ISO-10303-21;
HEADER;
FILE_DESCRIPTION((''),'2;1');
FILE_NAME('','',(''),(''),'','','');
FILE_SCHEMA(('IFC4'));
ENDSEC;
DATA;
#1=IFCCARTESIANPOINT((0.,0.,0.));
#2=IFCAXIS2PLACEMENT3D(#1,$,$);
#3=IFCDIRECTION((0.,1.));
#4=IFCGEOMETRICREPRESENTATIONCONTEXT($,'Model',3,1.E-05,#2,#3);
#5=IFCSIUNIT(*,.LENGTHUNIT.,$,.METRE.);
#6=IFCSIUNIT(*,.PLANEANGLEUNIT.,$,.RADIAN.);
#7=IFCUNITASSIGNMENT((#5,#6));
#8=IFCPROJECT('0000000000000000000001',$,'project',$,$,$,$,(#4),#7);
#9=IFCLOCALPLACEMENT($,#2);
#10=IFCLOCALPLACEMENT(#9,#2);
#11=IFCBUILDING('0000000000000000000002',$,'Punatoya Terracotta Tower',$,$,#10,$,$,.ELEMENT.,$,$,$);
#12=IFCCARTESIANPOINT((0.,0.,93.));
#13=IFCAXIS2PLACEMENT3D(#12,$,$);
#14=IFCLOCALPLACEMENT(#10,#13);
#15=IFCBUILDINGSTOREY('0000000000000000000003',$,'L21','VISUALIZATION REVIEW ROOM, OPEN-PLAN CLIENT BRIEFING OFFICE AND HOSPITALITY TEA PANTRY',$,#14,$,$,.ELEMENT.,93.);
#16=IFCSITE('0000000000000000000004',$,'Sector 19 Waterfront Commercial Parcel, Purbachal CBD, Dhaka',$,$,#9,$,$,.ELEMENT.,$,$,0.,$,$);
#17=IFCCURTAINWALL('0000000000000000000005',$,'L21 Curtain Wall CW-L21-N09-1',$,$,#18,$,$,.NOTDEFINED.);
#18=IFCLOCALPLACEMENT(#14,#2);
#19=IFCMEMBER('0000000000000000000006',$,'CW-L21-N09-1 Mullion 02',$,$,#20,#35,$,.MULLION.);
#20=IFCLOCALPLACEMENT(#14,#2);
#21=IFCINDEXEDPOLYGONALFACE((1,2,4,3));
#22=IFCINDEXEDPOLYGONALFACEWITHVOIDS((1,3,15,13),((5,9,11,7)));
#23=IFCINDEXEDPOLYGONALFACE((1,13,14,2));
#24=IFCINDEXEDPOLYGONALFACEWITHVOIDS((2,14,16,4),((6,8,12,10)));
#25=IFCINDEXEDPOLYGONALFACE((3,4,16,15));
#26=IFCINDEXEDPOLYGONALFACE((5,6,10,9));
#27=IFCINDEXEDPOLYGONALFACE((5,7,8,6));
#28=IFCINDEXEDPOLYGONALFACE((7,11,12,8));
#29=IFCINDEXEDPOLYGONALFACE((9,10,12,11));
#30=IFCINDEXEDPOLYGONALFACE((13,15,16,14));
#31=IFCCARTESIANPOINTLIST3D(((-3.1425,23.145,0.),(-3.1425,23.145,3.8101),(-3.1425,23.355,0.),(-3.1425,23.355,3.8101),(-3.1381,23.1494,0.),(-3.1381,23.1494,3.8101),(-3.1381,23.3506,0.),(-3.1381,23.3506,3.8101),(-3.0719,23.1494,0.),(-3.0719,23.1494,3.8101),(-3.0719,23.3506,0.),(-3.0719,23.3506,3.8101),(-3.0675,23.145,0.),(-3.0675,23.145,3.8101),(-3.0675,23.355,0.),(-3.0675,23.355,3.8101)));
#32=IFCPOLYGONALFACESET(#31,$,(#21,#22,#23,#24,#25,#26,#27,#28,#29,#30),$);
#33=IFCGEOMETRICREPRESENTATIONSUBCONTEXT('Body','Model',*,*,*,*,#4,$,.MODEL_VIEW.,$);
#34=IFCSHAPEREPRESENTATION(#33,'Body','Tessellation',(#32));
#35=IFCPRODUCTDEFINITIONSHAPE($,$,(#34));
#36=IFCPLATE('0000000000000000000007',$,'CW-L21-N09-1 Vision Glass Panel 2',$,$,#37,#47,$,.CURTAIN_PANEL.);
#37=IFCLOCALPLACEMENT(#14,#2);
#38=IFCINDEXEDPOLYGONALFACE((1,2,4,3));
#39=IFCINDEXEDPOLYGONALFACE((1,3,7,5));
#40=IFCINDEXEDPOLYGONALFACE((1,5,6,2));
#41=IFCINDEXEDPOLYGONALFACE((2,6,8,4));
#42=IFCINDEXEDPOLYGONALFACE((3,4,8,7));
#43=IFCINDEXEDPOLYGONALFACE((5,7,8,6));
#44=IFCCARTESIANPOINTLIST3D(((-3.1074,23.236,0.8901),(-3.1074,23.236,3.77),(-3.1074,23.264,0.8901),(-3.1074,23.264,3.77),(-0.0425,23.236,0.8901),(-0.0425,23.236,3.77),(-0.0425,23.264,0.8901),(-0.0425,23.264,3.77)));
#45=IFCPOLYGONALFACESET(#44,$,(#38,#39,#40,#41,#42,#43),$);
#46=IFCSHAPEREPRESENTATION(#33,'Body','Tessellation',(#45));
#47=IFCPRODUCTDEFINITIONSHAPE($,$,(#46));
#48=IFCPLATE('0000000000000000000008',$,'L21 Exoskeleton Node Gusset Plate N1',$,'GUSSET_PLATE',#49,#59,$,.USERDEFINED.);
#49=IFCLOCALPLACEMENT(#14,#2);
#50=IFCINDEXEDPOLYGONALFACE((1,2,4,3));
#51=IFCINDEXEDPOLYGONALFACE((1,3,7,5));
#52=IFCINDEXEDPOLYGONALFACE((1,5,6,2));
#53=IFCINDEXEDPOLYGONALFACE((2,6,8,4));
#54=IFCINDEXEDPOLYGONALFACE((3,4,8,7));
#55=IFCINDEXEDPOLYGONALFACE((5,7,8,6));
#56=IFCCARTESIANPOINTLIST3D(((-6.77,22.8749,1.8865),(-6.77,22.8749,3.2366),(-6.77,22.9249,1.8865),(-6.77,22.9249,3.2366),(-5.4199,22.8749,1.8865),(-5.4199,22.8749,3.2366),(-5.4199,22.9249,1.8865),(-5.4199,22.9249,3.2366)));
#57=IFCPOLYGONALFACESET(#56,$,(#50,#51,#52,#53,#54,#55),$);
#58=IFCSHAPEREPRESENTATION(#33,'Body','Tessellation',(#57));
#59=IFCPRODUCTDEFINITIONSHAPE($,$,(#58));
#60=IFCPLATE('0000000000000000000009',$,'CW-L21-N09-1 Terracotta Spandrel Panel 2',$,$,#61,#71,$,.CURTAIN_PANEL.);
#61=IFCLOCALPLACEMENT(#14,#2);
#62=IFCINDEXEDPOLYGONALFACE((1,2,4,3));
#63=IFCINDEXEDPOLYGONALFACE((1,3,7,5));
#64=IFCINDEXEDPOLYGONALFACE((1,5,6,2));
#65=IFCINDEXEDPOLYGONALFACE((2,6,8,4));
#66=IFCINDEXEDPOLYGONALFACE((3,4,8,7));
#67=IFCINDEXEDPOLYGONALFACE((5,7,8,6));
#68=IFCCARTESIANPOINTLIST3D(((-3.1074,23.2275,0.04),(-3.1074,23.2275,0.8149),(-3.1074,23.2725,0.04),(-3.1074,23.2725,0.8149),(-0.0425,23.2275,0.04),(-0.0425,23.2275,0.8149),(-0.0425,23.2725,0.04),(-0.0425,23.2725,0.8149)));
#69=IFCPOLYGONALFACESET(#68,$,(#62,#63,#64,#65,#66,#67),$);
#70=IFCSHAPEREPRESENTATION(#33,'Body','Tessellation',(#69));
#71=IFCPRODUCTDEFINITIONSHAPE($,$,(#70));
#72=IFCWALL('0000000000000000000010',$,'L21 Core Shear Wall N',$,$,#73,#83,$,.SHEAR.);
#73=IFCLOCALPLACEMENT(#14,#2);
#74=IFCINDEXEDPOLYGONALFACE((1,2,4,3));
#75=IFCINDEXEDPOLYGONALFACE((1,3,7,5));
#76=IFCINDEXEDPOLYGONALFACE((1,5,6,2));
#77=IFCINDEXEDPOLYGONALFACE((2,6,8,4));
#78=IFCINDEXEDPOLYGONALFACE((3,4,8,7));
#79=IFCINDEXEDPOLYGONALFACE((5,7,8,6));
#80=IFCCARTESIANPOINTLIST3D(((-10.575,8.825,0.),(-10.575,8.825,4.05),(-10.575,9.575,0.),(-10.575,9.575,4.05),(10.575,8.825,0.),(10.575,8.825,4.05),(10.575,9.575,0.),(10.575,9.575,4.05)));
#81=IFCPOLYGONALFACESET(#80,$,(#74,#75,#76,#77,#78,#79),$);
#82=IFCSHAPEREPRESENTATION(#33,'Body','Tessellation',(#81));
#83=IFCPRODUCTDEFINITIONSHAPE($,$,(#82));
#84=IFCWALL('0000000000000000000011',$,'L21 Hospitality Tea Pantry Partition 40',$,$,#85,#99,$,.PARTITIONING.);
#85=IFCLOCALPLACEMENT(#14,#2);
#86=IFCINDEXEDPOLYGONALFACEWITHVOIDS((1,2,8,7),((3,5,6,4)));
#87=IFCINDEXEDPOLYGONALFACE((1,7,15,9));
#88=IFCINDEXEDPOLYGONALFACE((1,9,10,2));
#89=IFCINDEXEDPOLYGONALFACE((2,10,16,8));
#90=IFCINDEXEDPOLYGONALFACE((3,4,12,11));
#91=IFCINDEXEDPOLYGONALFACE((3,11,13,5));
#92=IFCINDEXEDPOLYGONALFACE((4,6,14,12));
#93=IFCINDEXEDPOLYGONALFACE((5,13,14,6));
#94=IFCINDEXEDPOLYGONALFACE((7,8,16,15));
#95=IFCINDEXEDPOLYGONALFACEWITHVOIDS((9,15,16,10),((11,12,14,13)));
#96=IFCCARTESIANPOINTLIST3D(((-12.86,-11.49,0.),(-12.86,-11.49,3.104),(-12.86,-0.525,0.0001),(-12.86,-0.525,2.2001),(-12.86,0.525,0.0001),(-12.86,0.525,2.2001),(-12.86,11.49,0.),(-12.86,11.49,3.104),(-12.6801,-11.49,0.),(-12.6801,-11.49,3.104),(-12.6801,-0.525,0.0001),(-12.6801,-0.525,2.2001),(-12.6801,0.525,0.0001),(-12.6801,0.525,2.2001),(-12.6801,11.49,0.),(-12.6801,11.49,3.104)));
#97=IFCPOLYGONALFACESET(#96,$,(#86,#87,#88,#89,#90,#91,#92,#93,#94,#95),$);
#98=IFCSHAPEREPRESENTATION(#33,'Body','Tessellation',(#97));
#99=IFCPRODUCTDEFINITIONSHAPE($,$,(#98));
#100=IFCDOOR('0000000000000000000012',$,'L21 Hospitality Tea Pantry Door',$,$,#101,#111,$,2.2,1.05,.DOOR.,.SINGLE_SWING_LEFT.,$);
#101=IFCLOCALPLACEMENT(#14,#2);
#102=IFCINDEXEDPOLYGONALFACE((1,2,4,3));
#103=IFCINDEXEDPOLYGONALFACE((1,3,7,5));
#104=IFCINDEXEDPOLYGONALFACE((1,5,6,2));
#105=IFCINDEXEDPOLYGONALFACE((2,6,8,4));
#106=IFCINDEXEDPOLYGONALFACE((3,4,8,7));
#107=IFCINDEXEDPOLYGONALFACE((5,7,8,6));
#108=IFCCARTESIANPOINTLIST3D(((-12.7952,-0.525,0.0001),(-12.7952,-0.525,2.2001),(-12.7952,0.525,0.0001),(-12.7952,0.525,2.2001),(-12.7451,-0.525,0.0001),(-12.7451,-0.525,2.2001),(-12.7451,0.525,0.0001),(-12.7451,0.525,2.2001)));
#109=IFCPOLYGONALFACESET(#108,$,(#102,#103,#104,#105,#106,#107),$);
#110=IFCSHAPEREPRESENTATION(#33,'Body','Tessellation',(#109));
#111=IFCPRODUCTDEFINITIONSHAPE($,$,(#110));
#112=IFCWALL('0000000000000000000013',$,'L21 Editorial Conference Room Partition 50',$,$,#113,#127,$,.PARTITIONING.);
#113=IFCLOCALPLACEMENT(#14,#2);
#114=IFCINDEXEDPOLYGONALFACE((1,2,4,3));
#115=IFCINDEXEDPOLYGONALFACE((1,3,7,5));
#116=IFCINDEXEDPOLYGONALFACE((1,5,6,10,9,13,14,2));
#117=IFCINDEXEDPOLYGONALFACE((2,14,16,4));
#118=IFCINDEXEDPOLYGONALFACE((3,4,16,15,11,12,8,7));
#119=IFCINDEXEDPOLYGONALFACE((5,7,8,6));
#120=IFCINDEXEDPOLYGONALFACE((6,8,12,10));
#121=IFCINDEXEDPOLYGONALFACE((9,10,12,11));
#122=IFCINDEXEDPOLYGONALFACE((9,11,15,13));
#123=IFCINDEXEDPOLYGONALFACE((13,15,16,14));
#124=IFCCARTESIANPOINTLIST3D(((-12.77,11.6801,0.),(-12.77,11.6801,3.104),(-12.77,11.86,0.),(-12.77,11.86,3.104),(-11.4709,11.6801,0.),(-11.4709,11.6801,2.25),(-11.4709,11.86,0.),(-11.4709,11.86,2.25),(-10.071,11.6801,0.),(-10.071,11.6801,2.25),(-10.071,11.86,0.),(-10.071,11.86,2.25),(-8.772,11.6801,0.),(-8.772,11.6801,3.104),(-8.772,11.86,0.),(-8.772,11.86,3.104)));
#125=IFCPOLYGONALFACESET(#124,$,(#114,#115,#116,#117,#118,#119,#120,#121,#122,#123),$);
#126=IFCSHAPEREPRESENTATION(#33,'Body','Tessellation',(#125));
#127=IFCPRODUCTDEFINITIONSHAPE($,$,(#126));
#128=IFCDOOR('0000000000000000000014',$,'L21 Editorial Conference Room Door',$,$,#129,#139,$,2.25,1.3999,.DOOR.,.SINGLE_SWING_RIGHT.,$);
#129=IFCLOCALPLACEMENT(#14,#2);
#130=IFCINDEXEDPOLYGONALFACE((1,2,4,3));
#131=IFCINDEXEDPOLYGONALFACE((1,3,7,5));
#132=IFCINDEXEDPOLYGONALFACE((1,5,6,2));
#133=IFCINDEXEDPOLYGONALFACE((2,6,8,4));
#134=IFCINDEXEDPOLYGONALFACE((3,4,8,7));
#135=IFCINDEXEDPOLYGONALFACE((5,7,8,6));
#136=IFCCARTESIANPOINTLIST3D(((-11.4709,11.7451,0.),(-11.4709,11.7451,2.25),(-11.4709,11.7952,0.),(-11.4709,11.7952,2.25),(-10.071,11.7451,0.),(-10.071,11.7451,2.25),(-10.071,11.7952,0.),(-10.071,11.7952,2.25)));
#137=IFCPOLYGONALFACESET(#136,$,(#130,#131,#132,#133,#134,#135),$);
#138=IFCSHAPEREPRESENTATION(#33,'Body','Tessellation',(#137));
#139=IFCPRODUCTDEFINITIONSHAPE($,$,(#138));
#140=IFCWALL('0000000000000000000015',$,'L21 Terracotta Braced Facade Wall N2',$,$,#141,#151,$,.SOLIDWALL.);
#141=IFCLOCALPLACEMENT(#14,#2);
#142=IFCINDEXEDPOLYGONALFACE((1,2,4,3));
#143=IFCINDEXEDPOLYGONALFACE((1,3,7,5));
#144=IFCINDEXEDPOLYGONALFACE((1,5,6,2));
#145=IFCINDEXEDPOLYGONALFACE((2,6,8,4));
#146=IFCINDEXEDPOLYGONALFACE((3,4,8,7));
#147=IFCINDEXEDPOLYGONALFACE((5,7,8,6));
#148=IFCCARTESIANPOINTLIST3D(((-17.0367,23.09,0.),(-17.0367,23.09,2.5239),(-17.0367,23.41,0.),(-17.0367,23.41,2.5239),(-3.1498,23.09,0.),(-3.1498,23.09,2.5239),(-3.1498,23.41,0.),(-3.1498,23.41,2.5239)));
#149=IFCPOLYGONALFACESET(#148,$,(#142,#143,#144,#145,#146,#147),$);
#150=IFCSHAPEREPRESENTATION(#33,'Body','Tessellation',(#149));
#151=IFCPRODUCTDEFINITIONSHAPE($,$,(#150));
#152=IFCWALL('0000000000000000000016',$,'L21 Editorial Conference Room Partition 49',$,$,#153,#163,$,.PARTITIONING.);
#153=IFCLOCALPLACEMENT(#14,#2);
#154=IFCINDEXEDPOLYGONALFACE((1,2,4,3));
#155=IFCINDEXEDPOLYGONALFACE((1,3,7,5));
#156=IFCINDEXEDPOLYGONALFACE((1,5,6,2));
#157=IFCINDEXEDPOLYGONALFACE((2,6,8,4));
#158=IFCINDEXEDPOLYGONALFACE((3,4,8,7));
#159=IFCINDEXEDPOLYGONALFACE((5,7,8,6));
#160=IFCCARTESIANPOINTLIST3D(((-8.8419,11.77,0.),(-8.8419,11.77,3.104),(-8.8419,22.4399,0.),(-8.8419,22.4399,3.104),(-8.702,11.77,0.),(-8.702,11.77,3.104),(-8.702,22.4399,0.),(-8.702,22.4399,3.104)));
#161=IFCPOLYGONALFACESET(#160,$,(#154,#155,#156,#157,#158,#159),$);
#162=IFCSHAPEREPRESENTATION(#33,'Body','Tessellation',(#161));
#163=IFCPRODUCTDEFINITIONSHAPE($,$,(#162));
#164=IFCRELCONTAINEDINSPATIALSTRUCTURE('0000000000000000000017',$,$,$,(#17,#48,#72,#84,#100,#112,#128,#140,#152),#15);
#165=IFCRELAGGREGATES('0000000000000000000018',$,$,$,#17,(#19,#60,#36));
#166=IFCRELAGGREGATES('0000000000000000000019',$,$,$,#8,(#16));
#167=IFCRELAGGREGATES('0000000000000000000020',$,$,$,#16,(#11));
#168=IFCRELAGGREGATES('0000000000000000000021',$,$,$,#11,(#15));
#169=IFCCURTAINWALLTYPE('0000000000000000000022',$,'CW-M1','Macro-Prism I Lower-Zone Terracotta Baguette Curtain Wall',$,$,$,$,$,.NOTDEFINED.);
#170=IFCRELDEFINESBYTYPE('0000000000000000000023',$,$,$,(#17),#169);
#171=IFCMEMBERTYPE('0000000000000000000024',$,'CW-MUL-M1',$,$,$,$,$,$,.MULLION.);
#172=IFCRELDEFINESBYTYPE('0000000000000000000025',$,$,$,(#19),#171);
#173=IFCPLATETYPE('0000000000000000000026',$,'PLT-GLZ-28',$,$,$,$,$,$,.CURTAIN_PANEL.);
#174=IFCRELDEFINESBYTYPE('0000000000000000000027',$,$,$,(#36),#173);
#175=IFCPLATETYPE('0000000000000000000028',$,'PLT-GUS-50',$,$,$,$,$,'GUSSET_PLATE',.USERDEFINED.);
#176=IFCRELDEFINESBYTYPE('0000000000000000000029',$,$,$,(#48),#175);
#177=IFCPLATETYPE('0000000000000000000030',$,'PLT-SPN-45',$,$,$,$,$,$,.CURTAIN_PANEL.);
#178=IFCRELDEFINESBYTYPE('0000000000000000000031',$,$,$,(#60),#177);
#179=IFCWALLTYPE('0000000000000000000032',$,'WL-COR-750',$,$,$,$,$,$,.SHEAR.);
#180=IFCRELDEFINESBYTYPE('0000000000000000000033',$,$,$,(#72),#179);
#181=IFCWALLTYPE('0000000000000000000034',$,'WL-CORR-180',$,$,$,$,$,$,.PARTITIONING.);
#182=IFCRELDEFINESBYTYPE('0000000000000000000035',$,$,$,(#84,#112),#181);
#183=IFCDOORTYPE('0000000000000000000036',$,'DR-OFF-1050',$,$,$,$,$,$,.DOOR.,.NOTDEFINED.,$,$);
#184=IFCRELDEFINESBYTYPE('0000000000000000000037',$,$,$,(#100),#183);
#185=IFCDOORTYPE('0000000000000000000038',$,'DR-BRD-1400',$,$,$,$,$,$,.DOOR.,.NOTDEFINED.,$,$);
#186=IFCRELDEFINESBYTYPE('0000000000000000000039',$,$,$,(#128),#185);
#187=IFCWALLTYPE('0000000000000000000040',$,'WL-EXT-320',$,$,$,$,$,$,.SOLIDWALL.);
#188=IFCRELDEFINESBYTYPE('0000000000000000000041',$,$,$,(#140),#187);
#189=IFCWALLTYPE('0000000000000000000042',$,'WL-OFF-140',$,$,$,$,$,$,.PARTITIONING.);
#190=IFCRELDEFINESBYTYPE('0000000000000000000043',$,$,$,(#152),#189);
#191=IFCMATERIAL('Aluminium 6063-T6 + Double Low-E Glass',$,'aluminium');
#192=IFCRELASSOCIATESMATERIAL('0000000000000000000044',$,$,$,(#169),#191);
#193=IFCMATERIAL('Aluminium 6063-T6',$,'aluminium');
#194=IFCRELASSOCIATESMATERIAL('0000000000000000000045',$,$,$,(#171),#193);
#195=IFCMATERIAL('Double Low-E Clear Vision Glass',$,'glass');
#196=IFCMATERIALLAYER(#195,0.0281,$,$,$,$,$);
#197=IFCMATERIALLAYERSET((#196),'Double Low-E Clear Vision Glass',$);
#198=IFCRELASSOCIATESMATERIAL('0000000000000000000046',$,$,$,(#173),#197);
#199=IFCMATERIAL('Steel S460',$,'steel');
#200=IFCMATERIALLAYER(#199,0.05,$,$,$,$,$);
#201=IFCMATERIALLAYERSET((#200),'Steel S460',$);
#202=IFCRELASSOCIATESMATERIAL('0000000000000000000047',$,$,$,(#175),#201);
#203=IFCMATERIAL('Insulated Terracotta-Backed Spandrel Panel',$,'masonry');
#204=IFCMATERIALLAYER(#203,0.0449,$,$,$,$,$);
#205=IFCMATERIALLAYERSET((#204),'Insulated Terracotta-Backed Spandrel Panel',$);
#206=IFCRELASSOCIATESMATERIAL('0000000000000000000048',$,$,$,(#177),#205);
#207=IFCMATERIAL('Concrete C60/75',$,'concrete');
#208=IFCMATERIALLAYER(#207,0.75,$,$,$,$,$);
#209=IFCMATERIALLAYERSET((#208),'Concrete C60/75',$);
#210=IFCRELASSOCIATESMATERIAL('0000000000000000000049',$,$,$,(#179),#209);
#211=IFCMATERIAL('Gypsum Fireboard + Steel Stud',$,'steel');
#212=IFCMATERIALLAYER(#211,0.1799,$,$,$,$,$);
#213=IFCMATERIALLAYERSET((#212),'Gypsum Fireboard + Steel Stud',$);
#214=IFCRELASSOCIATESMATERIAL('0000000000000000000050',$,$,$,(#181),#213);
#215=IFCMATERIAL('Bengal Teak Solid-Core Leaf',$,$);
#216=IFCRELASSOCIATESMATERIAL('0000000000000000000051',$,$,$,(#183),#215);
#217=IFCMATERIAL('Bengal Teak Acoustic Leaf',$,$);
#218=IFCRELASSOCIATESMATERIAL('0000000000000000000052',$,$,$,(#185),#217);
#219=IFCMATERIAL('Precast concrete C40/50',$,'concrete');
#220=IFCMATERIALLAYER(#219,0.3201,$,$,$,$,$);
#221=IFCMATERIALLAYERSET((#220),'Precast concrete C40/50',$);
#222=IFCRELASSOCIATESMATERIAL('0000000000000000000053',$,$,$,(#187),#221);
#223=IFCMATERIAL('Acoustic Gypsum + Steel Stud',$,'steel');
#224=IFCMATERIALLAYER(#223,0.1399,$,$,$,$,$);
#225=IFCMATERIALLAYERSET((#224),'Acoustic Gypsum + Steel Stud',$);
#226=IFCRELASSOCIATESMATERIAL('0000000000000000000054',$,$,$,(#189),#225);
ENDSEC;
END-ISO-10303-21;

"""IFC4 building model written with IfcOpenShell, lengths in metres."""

from ifc_helpers import new_model, si_unit, direction, frame, frame_2d, origin, origin_2d, place, context, subcontext, project, spatial, rectangle, hollow_rectangle, extrude, material, layer, layer_set, material_profile, profile_set, type_object, element, fill, aggregate, save


model = new_model("IFC4")

# Units and contexts
model_context = context("Model", 3, precision=1e-05, world=origin(), true_north=direction((0.0, 1.0)))
body_context = subcontext(model_context, "Body", "Model", "MODEL_VIEW")
ifc_project = project(units=[si_unit("LENGTHUNIT", "METRE"), si_unit("PLANEANGLEUNIT", "RADIAN")], contexts=[model_context])

# Site, building, storey
site_placement = place(None, origin())
site = spatial("IfcSite", under=ifc_project, at=site_placement, Name="Sector 19 Waterfront Commercial Parcel, Purbachal CBD, Dhaka", CompositionType="ELEMENT", RefElevation=0.0)
building_placement = place(site_placement, origin())
building = spatial("IfcBuilding", under=site, at=building_placement, Name="Punatoya Terracotta Tower", CompositionType="ELEMENT")
storey_placement = place(building_placement, frame((0.0, 0.0, 93.0)))
storey = spatial("IfcBuildingStorey", under=building, at=storey_placement, Name="L21", Description="VISUALIZATION REVIEW ROOM, OPEN-PLAN CLIENT BRIEFING OFFICE AND HOSPITALITY TEA PANTRY", CompositionType="ELEMENT", Elevation=93.0)

# Shared definitions
ifc_material_1 = material(Name="Steel S460", Category="steel")

# Curtain wall, member, plate
ifc_material_2 = material(Name="Aluminium 6063-T6 + Double Low-E Glass", Category="aluminium")
curtain_wall_type = type_object("IfcCurtainWallType", Name="CW-M1", Description="Macro-Prism I Lower-Zone Terracotta Baguette Curtain Wall", PredefinedType="NOTDEFINED", material=ifc_material_2)
curtain_wall_placement = place(storey_placement, origin())
curtain_wall = element("IfcCurtainWall", 1, at=curtain_wall_placement, inside=storey, type_object=curtain_wall_type, Name="L21 Curtain Wall CW-L21-N09-1", PredefinedType="NOTDEFINED")
ifc_material_3 = material(Name="Aluminium 6063-T6", Category="aluminium")
ifc_material_profile_1 = material_profile(ifc_material_3, hollow_rectangle(XDim=0.075, YDim=0.21, WallThickness=0.0044, at=origin_2d()))
ifc_profile_set_1 = profile_set([ifc_material_profile_1], Name="Aluminium 6063-T6")
member_type = type_object("IfcMemberType", Name="CW-MUL-M1", PredefinedType="MULLION", material=ifc_profile_set_1)
member_placement = place(storey_placement, frame((-3.105, 23.25, 0.0), z_axis=(0.0, 0.0, 1.0), x_axis=(1.0, 0.0, 0.0)))
member = element("IfcMember", 2, at=member_placement, type_object=member_type, Name="CW-L21-N09-1 Mullion 02", PredefinedType="MULLION", context=body_context, shape_type="SweptSolid", body=[
    extrude(hollow_rectangle(XDim=0.075, YDim=0.21, WallThickness=0.0044, at=origin_2d()), origin(), (0.0, 0.0, 1.0), 3.8101),
])
ifc_material_4 = material(Name="Double Low-E Clear Vision Glass", Category="glass")
ifc_layer_1 = layer(ifc_material_4, 0.0281)
ifc_layer_set_1 = layer_set([ifc_layer_1], Name="Double Low-E Clear Vision Glass")
plate_type_1 = type_object("IfcPlateType", Name="PLT-GLZ-28", PredefinedType="CURTAIN_PANEL", material=ifc_layer_set_1)
plate_1_placement = place(storey_placement, frame((-1.575, 23.25, 0.8901), z_axis=(0.0, 0.0, 1.0), x_axis=(-1.0, 0.0, 0.0)))
plate_1 = element("IfcPlate", 3, at=plate_1_placement, type_object=plate_type_1, Name="CW-L21-N09-1 Vision Glass Panel 2", PredefinedType="CURTAIN_PANEL", context=body_context, shape_type="SweptSolid", body=[
    extrude(rectangle(XDim=3.0649, YDim=0.0281, at=origin_2d()), origin(), (0.0, 0.0, 1.0), 2.8799),
])

# Plates
ifc_layer_2 = layer(ifc_material_1, 0.05)
ifc_layer_set_2 = layer_set([ifc_layer_2], Name="Steel S460")
plate_type_2 = type_object("IfcPlateType", Name="PLT-GUS-50", ElementType="GUSSET_PLATE", PredefinedType="USERDEFINED", material=ifc_layer_set_2)
plate_2_placement = place(storey_placement, frame((-6.095, 22.8999, 1.8865), z_axis=(0.0, 0.0, 1.0), x_axis=(1.0, 0.0, 0.0)))
element("IfcPlate", 4, at=plate_2_placement, inside=storey, type_object=plate_type_2, Name="L21 Exoskeleton Node Gusset Plate N1", ObjectType="GUSSET_PLATE", PredefinedType="USERDEFINED", context=body_context, shape_type="SweptSolid", body=[
    extrude(rectangle(XDim=1.3501, YDim=0.05, at=origin_2d()), origin(), (0.0, 0.0, 1.0), 1.3501),
])
ifc_material_5 = material(Name="Insulated Terracotta-Backed Spandrel Panel", Category="masonry")
ifc_layer_3 = layer(ifc_material_5, 0.0449)
ifc_layer_set_3 = layer_set([ifc_layer_3], Name="Insulated Terracotta-Backed Spandrel Panel")
plate_type_3 = type_object("IfcPlateType", Name="PLT-SPN-45", PredefinedType="CURTAIN_PANEL", material=ifc_layer_set_3)
plate_3_placement = place(storey_placement, frame((-1.575, 23.25, 0.04), z_axis=(0.0, 0.0, 1.0), x_axis=(-1.0, 0.0, 0.0)))
plate_3 = element("IfcPlate", 5, at=plate_3_placement, type_object=plate_type_3, Name="CW-L21-N09-1 Terracotta Spandrel Panel 2", PredefinedType="CURTAIN_PANEL", context=body_context, shape_type="SweptSolid", body=[
    extrude(rectangle(XDim=3.0649, YDim=0.0449, at=origin_2d()), origin(), (0.0, 0.0, 1.0), 0.7749),
])
aggregate(curtain_wall, [member, plate_3, plate_1])

# Wall
ifc_material_6 = material(Name="Concrete C60/75", Category="concrete")
ifc_layer_4 = layer(ifc_material_6, 0.75)
ifc_layer_set_4 = layer_set([ifc_layer_4], Name="Concrete C60/75")
wall_type_1 = type_object("IfcWallType", Name="WL-COR-750", PredefinedType="SHEAR", material=ifc_layer_set_4)
wall_1_placement = place(storey_placement, frame((-10.575, 9.2, 0.0), z_axis=(0.0, 0.0, 1.0), x_axis=(1.0, 0.0, 0.0)))
element("IfcWall", 6, at=wall_1_placement, inside=storey, type_object=wall_type_1, Name="L21 Core Shear Wall N", PredefinedType="SHEAR", context=body_context, shape_type="SweptSolid", body=[
    extrude(rectangle(XDim=21.1499, YDim=0.75, at=frame_2d((10.575, 0.0))), origin(), (0.0, 0.0, 1.0), 4.05),
])

# Walls, openings, doors
ifc_material_7 = material(Name="Gypsum Fireboard + Steel Stud", Category="steel")
ifc_layer_5 = layer(ifc_material_7, 0.1799)
ifc_layer_set_5 = layer_set([ifc_layer_5], Name="Gypsum Fireboard + Steel Stud")
wall_type_2 = type_object("IfcWallType", Name="WL-CORR-180", PredefinedType="PARTITIONING", material=ifc_layer_set_5)
wall_2_placement = place(storey_placement, frame((-12.77, 11.49, 0.0), z_axis=(0.0, 0.0, 1.0), x_axis=(0.0, -1.0, 0.0)))
wall_2 = element("IfcWall", 7, at=wall_2_placement, inside=storey, type_object=wall_type_2, Name="L21 Hospitality Tea Pantry Partition 40", PredefinedType="PARTITIONING", context=body_context, shape_type="SweptSolid", body=[
    extrude(rectangle(XDim=22.98, YDim=0.1799, at=frame_2d((11.49, 0.0))), origin(), (0.0, 0.0, 1.0), 3.104),
])
opening_1_placement = place(wall_2_placement, frame((10.9651, 0.0, 0.0)))
opening_1 = element("IfcOpeningElement", 8, at=opening_1_placement, cuts=wall_2, PredefinedType="OPENING", context=body_context, shape_type="SweptSolid", body=[
    extrude(rectangle(XDim=1.05, YDim=2.2, at=frame_2d((0.5249, 1.1001))), frame((0.0, 0.0999, 0.0), z_axis=(0.0, -1.0, 0.0), x_axis=(1.0, 0.0, 0.0)), (0.0, 0.0, 1.0), 0.2),
])
ifc_material_8 = material(Name="Bengal Teak Solid-Core Leaf")
door_type_1 = type_object("IfcDoorType", Name="DR-OFF-1050", OperationType="NOTDEFINED", PredefinedType="DOOR", material=ifc_material_8)
door_1_placement = place(opening_1_placement, origin())
door_1 = element("IfcDoor", 9, at=door_1_placement, inside=storey, type_object=door_type_1, Name="L21 Hospitality Tea Pantry Door", OperationType="SINGLE_SWING_LEFT", OverallHeight=2.2, OverallWidth=1.05, PredefinedType="DOOR", context=body_context, shape_type="SweptSolid", body=[
    extrude(rectangle(XDim=1.05, YDim=2.2, at=frame_2d((0.5249, 1.1001))), frame((0.0, 0.0249, 0.0), z_axis=(0.0, -1.0, 0.0), x_axis=(1.0, 0.0, 0.0)), (0.0, 0.0, 1.0), 0.05),
])
fill(opening_1, door_1)
wall_3_placement = place(storey_placement, frame((-8.772, 11.77, 0.0), z_axis=(0.0, 0.0, 1.0), x_axis=(-1.0, 0.0, 0.0)))
wall_3 = element("IfcWall", 10, at=wall_3_placement, inside=storey, type_object=wall_type_2, Name="L21 Editorial Conference Room Partition 50", PredefinedType="PARTITIONING", context=body_context, shape_type="SweptSolid", body=[
    extrude(rectangle(XDim=3.998, YDim=0.1799, at=frame_2d((1.999, 0.0))), origin(), (0.0, 0.0, 1.0), 3.104),
])
opening_2_placement = place(wall_3_placement, frame((1.2991, 0.0, 0.0)))
opening_2 = element("IfcOpeningElement", 11, at=opening_2_placement, cuts=wall_3, PredefinedType="OPENING", context=body_context, shape_type="SweptSolid", body=[
    extrude(rectangle(XDim=1.3999, YDim=2.25, at=frame_2d((0.7, 1.125))), frame((0.0, 0.0999, 0.0), z_axis=(0.0, -1.0, 0.0), x_axis=(1.0, 0.0, 0.0)), (0.0, 0.0, 1.0), 0.2),
])
ifc_material_9 = material(Name="Bengal Teak Acoustic Leaf")
door_type_2 = type_object("IfcDoorType", Name="DR-BRD-1400", OperationType="NOTDEFINED", PredefinedType="DOOR", material=ifc_material_9)
door_2_placement = place(opening_2_placement, origin())
door_2 = element("IfcDoor", 12, at=door_2_placement, inside=storey, type_object=door_type_2, Name="L21 Editorial Conference Room Door", OperationType="SINGLE_SWING_RIGHT", OverallHeight=2.25, OverallWidth=1.3999, PredefinedType="DOOR", context=body_context, shape_type="SweptSolid", body=[
    extrude(rectangle(XDim=1.3999, YDim=2.25, at=frame_2d((0.7, 1.125))), frame((0.0, 0.0249, 0.0), z_axis=(0.0, -1.0, 0.0), x_axis=(1.0, 0.0, 0.0)), (0.0, 0.0, 1.0), 0.05),
])
fill(opening_2, door_2)

# Walls
ifc_material_10 = material(Name="Precast concrete C40/50", Category="concrete")
ifc_layer_6 = layer(ifc_material_10, 0.3201)
ifc_layer_set_6 = layer_set([ifc_layer_6], Name="Precast concrete C40/50")
wall_type_3 = type_object("IfcWallType", Name="WL-EXT-320", PredefinedType="SOLIDWALL", material=ifc_layer_set_6)
wall_4_placement = place(storey_placement, frame((-3.1499, 23.25, 0.0), z_axis=(0.0, 0.0, 1.0), x_axis=(-1.0, 0.0, 0.0)))
element("IfcWall", 13, at=wall_4_placement, inside=storey, type_object=wall_type_3, Name="L21 Terracotta Braced Facade Wall N2", PredefinedType="SOLIDWALL", context=body_context, shape_type="SweptSolid", body=[
    extrude(rectangle(XDim=13.887, YDim=0.3201, at=frame_2d((6.9434, 0.0))), origin(), (0.0, 0.0, 1.0), 2.5239),
])
ifc_material_11 = material(Name="Acoustic Gypsum + Steel Stud", Category="steel")
ifc_layer_7 = layer(ifc_material_11, 0.1399)
ifc_layer_set_7 = layer_set([ifc_layer_7], Name="Acoustic Gypsum + Steel Stud")
wall_type_4 = type_object("IfcWallType", Name="WL-OFF-140", PredefinedType="PARTITIONING", material=ifc_layer_set_7)
wall_5_placement = place(storey_placement, frame((-8.772, 22.4399, 0.0), z_axis=(0.0, 0.0, 1.0), x_axis=(0.0, -1.0, 0.0)))
element("IfcWall", 14, at=wall_5_placement, inside=storey, type_object=wall_type_4, Name="L21 Editorial Conference Room Partition 49", PredefinedType="PARTITIONING", context=body_context, shape_type="SweptSolid", body=[
    extrude(rectangle(XDim=10.6699, YDim=0.1399, at=frame_2d((5.335, 0.0))), origin(), (0.0, 0.0, 1.0), 3.104),
])

save(model, "model.ifc")
